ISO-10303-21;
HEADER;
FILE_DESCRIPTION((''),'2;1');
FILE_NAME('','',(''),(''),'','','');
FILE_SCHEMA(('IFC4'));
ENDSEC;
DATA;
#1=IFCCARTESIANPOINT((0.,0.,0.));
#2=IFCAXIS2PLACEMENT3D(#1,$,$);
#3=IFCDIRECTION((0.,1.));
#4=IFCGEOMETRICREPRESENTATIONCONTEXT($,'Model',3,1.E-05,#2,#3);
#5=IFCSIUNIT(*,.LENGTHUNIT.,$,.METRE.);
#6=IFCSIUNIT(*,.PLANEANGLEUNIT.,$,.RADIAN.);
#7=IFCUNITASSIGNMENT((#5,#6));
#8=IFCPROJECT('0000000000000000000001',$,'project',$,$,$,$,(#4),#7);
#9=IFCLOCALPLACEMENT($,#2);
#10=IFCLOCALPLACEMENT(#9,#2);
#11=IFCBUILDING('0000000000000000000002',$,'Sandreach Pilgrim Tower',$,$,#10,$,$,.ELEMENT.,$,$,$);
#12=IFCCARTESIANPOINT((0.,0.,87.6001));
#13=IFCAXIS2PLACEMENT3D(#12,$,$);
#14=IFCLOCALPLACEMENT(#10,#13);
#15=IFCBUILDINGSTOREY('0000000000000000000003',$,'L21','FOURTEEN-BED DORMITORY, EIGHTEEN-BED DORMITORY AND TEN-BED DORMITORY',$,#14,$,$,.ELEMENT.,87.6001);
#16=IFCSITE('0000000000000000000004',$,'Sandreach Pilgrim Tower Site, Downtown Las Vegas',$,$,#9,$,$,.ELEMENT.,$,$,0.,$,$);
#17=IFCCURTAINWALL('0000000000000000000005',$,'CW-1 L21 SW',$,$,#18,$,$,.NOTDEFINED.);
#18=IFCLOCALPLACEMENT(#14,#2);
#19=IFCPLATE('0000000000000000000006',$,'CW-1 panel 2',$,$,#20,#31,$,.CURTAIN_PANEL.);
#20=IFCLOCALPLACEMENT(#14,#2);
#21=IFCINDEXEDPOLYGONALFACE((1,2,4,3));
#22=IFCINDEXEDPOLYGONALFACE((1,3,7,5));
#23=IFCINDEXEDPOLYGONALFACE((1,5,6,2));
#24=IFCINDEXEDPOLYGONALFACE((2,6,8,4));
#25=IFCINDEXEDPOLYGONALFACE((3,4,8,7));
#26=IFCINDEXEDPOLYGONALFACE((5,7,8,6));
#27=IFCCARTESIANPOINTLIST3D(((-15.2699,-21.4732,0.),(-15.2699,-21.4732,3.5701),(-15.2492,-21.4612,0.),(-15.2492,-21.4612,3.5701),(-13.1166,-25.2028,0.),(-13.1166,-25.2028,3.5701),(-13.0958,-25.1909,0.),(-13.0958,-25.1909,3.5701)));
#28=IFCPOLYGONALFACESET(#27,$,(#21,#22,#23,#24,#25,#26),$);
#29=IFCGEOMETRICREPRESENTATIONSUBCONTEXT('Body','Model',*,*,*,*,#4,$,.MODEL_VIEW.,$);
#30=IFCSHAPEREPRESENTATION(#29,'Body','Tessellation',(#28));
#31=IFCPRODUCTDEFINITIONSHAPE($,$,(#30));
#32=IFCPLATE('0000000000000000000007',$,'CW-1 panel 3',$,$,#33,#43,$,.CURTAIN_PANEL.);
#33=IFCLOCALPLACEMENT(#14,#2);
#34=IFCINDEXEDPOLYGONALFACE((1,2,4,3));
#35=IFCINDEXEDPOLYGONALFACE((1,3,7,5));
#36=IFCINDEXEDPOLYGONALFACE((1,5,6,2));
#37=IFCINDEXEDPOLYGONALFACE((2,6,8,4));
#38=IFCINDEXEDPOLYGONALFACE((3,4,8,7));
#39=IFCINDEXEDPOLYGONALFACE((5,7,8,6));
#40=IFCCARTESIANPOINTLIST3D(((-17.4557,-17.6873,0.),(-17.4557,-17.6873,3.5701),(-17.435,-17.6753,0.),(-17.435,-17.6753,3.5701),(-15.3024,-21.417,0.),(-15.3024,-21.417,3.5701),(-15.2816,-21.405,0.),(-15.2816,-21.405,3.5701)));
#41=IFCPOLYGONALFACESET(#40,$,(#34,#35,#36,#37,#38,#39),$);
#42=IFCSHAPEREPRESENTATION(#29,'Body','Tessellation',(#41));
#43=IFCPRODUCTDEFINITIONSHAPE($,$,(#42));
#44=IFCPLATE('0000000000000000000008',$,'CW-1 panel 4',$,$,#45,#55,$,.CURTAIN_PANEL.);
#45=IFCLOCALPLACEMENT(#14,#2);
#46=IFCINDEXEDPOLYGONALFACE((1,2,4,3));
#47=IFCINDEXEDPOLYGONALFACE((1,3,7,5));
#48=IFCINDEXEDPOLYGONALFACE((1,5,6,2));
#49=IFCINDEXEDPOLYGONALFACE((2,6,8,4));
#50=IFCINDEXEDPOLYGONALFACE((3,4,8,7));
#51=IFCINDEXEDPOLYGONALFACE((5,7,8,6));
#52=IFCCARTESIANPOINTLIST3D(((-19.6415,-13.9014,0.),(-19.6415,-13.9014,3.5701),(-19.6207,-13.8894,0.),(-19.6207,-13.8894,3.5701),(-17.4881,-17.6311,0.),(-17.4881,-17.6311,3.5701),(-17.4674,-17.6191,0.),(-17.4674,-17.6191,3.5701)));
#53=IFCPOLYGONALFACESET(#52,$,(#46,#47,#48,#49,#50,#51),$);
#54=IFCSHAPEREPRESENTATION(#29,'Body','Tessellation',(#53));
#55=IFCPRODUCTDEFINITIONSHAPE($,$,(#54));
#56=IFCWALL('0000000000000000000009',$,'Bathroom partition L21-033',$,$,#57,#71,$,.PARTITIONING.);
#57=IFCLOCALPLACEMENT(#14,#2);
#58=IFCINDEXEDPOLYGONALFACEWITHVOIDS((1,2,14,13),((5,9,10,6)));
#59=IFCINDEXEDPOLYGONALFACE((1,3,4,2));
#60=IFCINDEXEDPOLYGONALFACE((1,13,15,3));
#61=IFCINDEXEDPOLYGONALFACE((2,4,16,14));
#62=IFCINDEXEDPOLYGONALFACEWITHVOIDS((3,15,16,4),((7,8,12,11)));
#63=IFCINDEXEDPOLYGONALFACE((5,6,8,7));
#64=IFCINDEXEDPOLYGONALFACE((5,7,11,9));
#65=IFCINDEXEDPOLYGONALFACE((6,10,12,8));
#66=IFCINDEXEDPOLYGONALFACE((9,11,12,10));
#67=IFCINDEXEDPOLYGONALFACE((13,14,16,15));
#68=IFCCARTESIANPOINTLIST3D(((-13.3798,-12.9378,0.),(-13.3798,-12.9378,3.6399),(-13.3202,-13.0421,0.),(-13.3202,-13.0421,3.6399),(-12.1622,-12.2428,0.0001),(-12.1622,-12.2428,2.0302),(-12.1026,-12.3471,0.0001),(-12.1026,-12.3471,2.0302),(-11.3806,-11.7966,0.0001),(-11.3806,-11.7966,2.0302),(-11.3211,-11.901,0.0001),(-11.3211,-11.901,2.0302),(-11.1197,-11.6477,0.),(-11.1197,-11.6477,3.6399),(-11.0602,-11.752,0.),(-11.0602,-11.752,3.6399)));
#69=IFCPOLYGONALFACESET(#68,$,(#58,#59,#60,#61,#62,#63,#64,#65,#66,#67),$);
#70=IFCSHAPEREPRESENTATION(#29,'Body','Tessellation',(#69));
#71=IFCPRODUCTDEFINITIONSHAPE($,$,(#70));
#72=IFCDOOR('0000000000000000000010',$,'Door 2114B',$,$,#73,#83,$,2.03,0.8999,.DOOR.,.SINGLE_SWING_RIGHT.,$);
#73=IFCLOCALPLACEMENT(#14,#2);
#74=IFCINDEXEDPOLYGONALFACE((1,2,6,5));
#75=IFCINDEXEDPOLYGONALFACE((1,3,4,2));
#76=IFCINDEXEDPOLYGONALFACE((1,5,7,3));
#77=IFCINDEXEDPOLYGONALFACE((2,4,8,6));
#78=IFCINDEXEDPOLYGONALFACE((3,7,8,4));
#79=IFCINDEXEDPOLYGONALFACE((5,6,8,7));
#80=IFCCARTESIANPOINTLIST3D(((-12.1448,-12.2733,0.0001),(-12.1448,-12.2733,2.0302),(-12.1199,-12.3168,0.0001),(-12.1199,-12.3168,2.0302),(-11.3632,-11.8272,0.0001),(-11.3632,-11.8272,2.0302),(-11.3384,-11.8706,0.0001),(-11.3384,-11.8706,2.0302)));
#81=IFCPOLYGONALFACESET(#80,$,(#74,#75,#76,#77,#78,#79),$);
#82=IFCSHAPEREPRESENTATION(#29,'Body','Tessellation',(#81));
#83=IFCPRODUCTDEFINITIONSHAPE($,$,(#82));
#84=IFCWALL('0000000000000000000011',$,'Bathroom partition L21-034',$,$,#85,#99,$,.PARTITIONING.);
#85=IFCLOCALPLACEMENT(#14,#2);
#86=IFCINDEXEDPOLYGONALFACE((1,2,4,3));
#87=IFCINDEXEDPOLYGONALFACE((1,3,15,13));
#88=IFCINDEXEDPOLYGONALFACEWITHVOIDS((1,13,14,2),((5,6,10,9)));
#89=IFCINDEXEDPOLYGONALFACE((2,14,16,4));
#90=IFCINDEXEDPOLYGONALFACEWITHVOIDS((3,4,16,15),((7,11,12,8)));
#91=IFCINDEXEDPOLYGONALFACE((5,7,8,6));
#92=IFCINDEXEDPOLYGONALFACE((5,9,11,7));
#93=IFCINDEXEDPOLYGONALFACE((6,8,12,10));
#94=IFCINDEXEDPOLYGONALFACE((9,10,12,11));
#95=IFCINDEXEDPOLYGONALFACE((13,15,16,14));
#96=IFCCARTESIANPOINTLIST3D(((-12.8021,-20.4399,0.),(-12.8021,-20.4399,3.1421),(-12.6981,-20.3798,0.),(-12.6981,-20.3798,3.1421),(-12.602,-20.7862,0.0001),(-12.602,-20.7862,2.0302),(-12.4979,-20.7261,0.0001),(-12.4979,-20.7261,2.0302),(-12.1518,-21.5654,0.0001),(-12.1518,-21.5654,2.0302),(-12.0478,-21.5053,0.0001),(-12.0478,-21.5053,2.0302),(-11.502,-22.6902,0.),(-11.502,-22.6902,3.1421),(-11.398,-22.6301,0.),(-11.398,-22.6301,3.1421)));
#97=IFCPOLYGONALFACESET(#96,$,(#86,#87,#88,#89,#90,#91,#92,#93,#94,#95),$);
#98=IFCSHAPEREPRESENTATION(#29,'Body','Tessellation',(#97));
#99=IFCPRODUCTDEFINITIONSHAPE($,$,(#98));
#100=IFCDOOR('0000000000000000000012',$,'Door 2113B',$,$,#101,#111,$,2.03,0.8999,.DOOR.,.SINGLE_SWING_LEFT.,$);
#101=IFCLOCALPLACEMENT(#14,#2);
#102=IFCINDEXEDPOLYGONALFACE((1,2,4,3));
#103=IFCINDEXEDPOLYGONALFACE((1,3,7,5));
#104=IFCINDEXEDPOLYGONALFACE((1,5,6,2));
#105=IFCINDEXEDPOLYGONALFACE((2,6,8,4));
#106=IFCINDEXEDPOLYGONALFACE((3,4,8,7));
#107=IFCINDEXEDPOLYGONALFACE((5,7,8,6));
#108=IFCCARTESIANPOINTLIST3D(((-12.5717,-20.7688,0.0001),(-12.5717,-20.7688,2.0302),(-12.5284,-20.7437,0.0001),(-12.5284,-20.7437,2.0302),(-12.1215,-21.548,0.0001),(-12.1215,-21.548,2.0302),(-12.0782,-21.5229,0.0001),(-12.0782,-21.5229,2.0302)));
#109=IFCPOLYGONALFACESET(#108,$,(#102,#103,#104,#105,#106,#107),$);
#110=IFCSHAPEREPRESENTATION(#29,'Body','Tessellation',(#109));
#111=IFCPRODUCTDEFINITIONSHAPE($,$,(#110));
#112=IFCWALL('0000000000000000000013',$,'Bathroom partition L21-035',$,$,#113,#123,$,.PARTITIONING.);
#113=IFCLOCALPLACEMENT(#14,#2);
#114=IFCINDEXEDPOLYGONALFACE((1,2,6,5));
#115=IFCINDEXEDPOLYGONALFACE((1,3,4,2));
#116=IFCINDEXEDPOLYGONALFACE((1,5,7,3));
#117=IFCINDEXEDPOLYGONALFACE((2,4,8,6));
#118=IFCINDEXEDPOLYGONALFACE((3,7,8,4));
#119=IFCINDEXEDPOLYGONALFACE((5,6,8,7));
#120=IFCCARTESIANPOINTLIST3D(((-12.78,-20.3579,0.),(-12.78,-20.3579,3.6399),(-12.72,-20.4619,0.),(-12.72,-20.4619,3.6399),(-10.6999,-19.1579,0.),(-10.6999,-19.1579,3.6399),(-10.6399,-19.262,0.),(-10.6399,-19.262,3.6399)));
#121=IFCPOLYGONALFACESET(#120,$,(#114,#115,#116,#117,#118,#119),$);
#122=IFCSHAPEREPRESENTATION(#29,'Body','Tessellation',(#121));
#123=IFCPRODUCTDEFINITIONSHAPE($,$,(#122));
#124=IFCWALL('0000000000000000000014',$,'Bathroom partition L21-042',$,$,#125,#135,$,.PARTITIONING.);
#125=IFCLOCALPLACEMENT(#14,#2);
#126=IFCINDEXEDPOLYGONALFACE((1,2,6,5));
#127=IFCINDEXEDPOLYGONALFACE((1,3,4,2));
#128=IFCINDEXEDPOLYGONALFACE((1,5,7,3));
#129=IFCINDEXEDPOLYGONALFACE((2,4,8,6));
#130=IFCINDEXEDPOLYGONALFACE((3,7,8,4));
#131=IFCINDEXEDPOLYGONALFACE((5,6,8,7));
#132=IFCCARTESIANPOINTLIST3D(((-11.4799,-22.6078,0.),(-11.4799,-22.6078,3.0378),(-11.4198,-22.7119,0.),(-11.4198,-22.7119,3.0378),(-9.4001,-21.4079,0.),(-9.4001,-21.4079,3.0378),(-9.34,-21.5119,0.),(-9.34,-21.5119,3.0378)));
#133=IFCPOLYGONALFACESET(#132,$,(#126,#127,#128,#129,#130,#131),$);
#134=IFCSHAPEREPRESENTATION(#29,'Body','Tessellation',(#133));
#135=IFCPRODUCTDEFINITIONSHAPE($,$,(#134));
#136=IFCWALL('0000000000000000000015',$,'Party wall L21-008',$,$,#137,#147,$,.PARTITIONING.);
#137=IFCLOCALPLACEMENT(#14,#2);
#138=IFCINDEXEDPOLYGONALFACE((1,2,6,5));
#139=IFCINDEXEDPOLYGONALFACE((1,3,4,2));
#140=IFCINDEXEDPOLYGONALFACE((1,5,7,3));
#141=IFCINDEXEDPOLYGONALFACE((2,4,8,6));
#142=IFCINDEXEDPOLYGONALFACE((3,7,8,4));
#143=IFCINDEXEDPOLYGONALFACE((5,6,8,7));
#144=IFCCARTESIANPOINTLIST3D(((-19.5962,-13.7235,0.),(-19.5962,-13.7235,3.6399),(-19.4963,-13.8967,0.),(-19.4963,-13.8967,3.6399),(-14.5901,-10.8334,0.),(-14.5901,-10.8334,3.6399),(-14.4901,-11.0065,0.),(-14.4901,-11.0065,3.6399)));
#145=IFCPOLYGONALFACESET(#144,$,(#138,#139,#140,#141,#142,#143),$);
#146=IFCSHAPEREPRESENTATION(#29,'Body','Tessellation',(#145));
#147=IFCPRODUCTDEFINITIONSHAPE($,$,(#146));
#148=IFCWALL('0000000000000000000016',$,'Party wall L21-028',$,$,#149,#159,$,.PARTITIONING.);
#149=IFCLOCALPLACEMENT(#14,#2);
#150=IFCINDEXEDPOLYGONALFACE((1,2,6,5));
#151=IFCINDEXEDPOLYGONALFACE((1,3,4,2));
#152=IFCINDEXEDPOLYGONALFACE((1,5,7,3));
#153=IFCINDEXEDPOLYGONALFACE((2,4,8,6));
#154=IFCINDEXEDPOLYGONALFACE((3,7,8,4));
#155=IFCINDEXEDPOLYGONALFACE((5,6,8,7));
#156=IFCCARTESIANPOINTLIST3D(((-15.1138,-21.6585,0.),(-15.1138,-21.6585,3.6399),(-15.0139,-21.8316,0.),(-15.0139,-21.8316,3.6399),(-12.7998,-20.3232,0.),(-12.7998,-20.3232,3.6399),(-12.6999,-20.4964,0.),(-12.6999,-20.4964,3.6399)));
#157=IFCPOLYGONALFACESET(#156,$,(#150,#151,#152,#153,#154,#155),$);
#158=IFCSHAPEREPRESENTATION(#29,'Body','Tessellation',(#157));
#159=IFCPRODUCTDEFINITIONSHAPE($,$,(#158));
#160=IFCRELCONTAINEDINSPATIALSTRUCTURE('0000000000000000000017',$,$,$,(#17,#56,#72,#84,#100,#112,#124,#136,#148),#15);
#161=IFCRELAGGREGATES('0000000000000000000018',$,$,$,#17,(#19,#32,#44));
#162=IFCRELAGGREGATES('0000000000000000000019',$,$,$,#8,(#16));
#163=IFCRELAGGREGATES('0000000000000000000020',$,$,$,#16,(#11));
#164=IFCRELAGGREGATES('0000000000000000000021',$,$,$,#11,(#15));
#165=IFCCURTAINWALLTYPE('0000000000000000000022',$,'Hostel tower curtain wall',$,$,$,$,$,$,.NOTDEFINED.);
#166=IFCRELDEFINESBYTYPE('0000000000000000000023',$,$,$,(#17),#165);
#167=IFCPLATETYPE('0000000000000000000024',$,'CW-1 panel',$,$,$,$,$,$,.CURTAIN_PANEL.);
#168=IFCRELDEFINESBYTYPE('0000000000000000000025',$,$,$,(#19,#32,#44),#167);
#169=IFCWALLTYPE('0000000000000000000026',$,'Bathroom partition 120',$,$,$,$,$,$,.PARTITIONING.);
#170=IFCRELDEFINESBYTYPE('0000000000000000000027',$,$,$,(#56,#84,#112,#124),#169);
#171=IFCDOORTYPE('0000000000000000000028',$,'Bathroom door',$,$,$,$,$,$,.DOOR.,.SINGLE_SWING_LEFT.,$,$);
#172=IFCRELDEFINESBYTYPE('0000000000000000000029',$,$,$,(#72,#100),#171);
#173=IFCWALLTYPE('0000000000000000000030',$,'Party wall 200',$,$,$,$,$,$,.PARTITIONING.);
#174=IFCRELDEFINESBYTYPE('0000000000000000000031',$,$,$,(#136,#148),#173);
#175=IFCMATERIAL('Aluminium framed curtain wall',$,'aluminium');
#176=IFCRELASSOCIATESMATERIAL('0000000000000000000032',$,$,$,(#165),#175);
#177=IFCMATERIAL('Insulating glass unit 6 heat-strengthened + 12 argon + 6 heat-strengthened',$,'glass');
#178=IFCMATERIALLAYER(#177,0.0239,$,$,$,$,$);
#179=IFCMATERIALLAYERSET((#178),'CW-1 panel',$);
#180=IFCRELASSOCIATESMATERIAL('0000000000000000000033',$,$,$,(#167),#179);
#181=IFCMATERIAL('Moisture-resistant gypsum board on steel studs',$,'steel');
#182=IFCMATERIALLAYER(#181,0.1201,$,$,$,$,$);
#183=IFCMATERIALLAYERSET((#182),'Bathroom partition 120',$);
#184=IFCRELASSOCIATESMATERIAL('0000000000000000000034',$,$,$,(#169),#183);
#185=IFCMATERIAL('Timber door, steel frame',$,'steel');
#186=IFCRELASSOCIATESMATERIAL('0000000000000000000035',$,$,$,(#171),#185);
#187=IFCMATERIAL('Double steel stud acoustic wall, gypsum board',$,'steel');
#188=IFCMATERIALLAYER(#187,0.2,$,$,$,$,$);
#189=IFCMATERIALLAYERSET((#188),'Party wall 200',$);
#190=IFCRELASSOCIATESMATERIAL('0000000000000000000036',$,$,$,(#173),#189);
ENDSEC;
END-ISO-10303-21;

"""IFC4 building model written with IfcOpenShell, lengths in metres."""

from ifc_helpers import new_model, si_unit, direction, frame, frame_2d, origin, origin_2d, place, context, subcontext, project, spatial, rectangle, extrude, material, layer, layer_set, type_object, element, fill, aggregate, save


model = new_model("IFC4")

# Units and contexts
model_context = context("Model", 3, precision=1e-05, world=origin(), true_north=direction((0.0, 1.0)))
body_context = subcontext(model_context, "Body", "Model", "MODEL_VIEW")
ifc_project = project(units=[si_unit("LENGTHUNIT", "METRE"), si_unit("PLANEANGLEUNIT", "RADIAN")], contexts=[model_context])

# Site, building, storey
site_placement = place(None, origin())
site = spatial("IfcSite", under=ifc_project, at=site_placement, Name="Sandreach Pilgrim Tower Site, Downtown Las Vegas", CompositionType="ELEMENT", RefElevation=0.0)
building_placement = place(site_placement, origin())
building = spatial("IfcBuilding", under=site, at=building_placement, Name="Sandreach Pilgrim Tower", CompositionType="ELEMENT")
storey_placement = place(building_placement, frame((0.0, 0.0, 87.6001)))
storey = spatial("IfcBuildingStorey", under=building, at=storey_placement, Name="L21", Description="FOURTEEN-BED DORMITORY, EIGHTEEN-BED DORMITORY AND TEN-BED DORMITORY", CompositionType="ELEMENT", Elevation=87.6001)

# Curtain wall
ifc_material_1 = material(Name="Aluminium framed curtain wall", Category="aluminium")
curtain_wall_type = type_object("IfcCurtainWallType", Name="Hostel tower curtain wall", PredefinedType="NOTDEFINED", material=ifc_material_1)
curtain_wall_placement = place(storey_placement, origin())
curtain_wall = element("IfcCurtainWall", 1, at=curtain_wall_placement, inside=storey, type_object=curtain_wall_type, Name="CW-1 L21 SW", PredefinedType="NOTDEFINED")

# Plates
ifc_material_2 = material(Name="Insulating glass unit 6 heat-strengthened + 12 argon + 6 heat-strengthened", Category="glass")
ifc_layer_1 = layer(ifc_material_2, 0.0239)
ifc_layer_set_1 = layer_set([ifc_layer_1], Name="CW-1 panel")
plate_type = type_object("IfcPlateType", Name="CW-1 panel", PredefinedType="CURTAIN_PANEL", material=ifc_layer_set_1)
plate_1_placement = place(storey_placement, frame((-14.1829, -23.332, 0.0), z_axis=(0.0, 0.0, 1.0), x_axis=(-0.5, 0.866025, 0.0)))
plate_1 = element("IfcPlate", 2, at=plate_1_placement, type_object=plate_type, Name="CW-1 panel 2", PredefinedType="CURTAIN_PANEL", context=body_context, shape_type="SweptSolid", body=[
    extrude(rectangle(XDim=4.3066, YDim=0.0239, at=origin_2d()), origin(), (0.0, 0.0, 1.0), 3.5701),
])
plate_2_placement = place(storey_placement, frame((-16.3687, -19.5461, 0.0), z_axis=(0.0, 0.0, 1.0), x_axis=(-0.5, 0.866025, 0.0)))
plate_2 = element("IfcPlate", 3, at=plate_2_placement, type_object=plate_type, Name="CW-1 panel 3", PredefinedType="CURTAIN_PANEL", context=body_context, shape_type="SweptSolid", body=[
    extrude(rectangle(XDim=4.3066, YDim=0.0239, at=origin_2d()), origin(), (0.0, 0.0, 1.0), 3.5701),
])
plate_3_placement = place(storey_placement, frame((-18.5544, -15.7603, 0.0), z_axis=(0.0, 0.0, 1.0), x_axis=(-0.5, 0.866025, 0.0)))
plate_3 = element("IfcPlate", 4, at=plate_3_placement, type_object=plate_type, Name="CW-1 panel 4", PredefinedType="CURTAIN_PANEL", context=body_context, shape_type="SweptSolid", body=[
    extrude(rectangle(XDim=4.3066, YDim=0.0239, at=origin_2d()), origin(), (0.0, 0.0, 1.0), 3.5701),
])
aggregate(curtain_wall, [plate_1, plate_2, plate_3])

# Walls, openings, doors
ifc_material_3 = material(Name="Moisture-resistant gypsum board on steel studs", Category="steel")
ifc_layer_2 = layer(ifc_material_3, 0.1201)
ifc_layer_set_2 = layer_set([ifc_layer_2], Name="Bathroom partition 120")
wall_type_1 = type_object("IfcWallType", Name="Bathroom partition 120", PredefinedType="PARTITIONING", material=ifc_layer_set_2)
wall_1_placement = place(storey_placement, frame((-13.3501, -12.99, 0.0), z_axis=(0.0, 0.0, 1.0), x_axis=(0.868474, 0.495735, 0.0)))
wall_1 = element("IfcWall", 5, at=wall_1_placement, inside=storey, type_object=wall_type_1, Name="Bathroom partition L21-033", PredefinedType="PARTITIONING", context=body_context, shape_type="SweptSolid", body=[
    extrude(rectangle(XDim=2.6023, YDim=0.1201, at=frame_2d((1.3013, 0.0))), origin(), (0.0, 0.0, 1.0), 3.6399),
])
opening_1_placement = place(wall_1_placement, frame((1.4021, 0.0, 0.0)))
opening_1 = element("IfcOpeningElement", 6, at=opening_1_placement, cuts=wall_1, PredefinedType="OPENING", context=body_context, shape_type="SweptSolid", body=[
    extrude(rectangle(XDim=0.8999, YDim=2.03, at=frame_2d((0.45, 1.0151))), frame((0.0, 0.0601, 0.0), z_axis=(0.0, -1.0, 0.0), x_axis=(1.0, 0.0, 0.0)), (0.0, 0.0, 1.0), 0.1201),
])
ifc_material_4 = material(Name="Timber door, steel frame", Category="steel")
door_type = type_object("IfcDoorType", Name="Bathroom door", OperationType="SINGLE_SWING_LEFT", PredefinedType="DOOR", material=ifc_material_4)
door_1_placement = place(opening_1_placement, origin())
door_1 = element("IfcDoor", 7, at=door_1_placement, inside=storey, type_object=door_type, Name="Door 2114B", OperationType="SINGLE_SWING_RIGHT", OverallHeight=2.03, OverallWidth=0.8999, PredefinedType="DOOR", context=body_context, shape_type="SweptSolid", body=[
    extrude(rectangle(XDim=0.8999, YDim=2.03, at=frame_2d((0.45, 1.0151))), frame((0.0, 0.0249, 0.0), z_axis=(0.0, -1.0, 0.0), x_axis=(1.0, 0.0, 0.0)), (0.0, 0.0, 1.0), 0.05),
])
fill(opening_1, door_1)
wall_2_placement = place(storey_placement, frame((-12.75, -20.4099, 0.0), z_axis=(0.0, 0.0, 1.0), x_axis=(0.500251, -0.86588, 0.0)))
wall_2 = element("IfcWall", 8, at=wall_2_placement, inside=storey, type_object=wall_type_1, Name="Bathroom partition L21-034", PredefinedType="PARTITIONING", context=body_context, shape_type="SweptSolid", body=[
    extrude(rectangle(XDim=2.5989, YDim=0.1201, at=frame_2d((1.2993, 0.0))), origin(), (0.0, 0.0, 1.0), 3.1421),
])
opening_2_placement = place(wall_2_placement, frame((0.3999, 0.0, 0.0)))
opening_2 = element("IfcOpeningElement", 9, at=opening_2_placement, cuts=wall_2, PredefinedType="OPENING", context=body_context, shape_type="SweptSolid", body=[
    extrude(rectangle(XDim=0.8999, YDim=2.03, at=frame_2d((0.45, 1.0151))), frame((0.0, 0.0601, 0.0), z_axis=(0.0, -1.0, 0.0), x_axis=(1.0, 0.0, 0.0)), (0.0, 0.0, 1.0), 0.1201),
])
door_2_placement = place(opening_2_placement, origin())
door_2 = element("IfcDoor", 10, at=door_2_placement, inside=storey, type_object=door_type, Name="Door 2113B", OperationType="SINGLE_SWING_LEFT", OverallHeight=2.03, OverallWidth=0.8999, PredefinedType="DOOR", context=body_context, shape_type="SweptSolid", body=[
    extrude(rectangle(XDim=0.8999, YDim=2.03, at=frame_2d((0.45, 1.0151))), frame((0.0, 0.0249, 0.0), z_axis=(0.0, -1.0, 0.0), x_axis=(1.0, 0.0, 0.0)), (0.0, 0.0, 1.0), 0.05),
])
fill(opening_2, door_2)

# Walls
wall_3_placement = place(storey_placement, frame((-12.75, -20.4099, 0.0), z_axis=(0.0, 0.0, 1.0), x_axis=(0.866203, 0.499693, 0.0)))
element("IfcWall", 11, at=wall_3_placement, inside=storey, type_object=wall_type_1, Name="Bathroom partition L21-035", PredefinedType="PARTITIONING", context=body_context, shape_type="SweptSolid", body=[
    extrude(rectangle(XDim=2.4014, YDim=0.1201, at=frame_2d((1.2007, 0.0))), origin(), (0.0, 0.0, 1.0), 3.6399),
])
wall_4_placement = place(storey_placement, frame((-11.45, -22.6599, 0.0), z_axis=(0.0, 0.0, 1.0), x_axis=(0.866177, 0.499737, 0.0)))
element("IfcWall", 12, at=wall_4_placement, inside=storey, type_object=wall_type_1, Name="Bathroom partition L21-042", PredefinedType="PARTITIONING", context=body_context, shape_type="SweptSolid", body=[
    extrude(rectangle(XDim=2.4011, YDim=0.1201, at=frame_2d((1.2007, 0.0))), origin(), (0.0, 0.0, 1.0), 3.0378),
])
ifc_material_5 = material(Name="Double steel stud acoustic wall, gypsum board", Category="steel")
ifc_layer_3 = layer(ifc_material_5, 0.2)
ifc_layer_set_3 = layer_set([ifc_layer_3], Name="Party wall 200")
wall_type_2 = type_object("IfcWallType", Name="Party wall 200", PredefinedType="PARTITIONING", material=ifc_layer_set_3)
wall_5_placement = place(storey_placement, frame((-19.5461, -13.8101, 0.0), z_axis=(0.0, 0.0, 1.0), x_axis=(0.866036, 0.499982, 0.0)))
element("IfcWall", 13, at=wall_5_placement, inside=storey, type_object=wall_type_2, Name="Party wall L21-008", PredefinedType="PARTITIONING", context=body_context, shape_type="SweptSolid", body=[
    extrude(rectangle(XDim=5.7805, YDim=0.2, at=frame_2d((2.8901, 0.0))), origin(), (0.0, 0.0, 1.0), 3.6399),
])
wall_6_placement = place(storey_placement, frame((-15.064, -21.7451, 0.0), z_axis=(0.0, 0.0, 1.0), x_axis=(0.866149, 0.499786, 0.0)))
element("IfcWall", 14, at=wall_6_placement, inside=storey, type_object=wall_type_2, Name="Party wall L21-028", PredefinedType="PARTITIONING", context=body_context, shape_type="SweptSolid", body=[
    extrude(rectangle(XDim=2.6716, YDim=0.2, at=frame_2d((1.3359, 0.0))), origin(), (0.0, 0.0, 1.0), 3.6399),
])

save(model, "model.ifc")
